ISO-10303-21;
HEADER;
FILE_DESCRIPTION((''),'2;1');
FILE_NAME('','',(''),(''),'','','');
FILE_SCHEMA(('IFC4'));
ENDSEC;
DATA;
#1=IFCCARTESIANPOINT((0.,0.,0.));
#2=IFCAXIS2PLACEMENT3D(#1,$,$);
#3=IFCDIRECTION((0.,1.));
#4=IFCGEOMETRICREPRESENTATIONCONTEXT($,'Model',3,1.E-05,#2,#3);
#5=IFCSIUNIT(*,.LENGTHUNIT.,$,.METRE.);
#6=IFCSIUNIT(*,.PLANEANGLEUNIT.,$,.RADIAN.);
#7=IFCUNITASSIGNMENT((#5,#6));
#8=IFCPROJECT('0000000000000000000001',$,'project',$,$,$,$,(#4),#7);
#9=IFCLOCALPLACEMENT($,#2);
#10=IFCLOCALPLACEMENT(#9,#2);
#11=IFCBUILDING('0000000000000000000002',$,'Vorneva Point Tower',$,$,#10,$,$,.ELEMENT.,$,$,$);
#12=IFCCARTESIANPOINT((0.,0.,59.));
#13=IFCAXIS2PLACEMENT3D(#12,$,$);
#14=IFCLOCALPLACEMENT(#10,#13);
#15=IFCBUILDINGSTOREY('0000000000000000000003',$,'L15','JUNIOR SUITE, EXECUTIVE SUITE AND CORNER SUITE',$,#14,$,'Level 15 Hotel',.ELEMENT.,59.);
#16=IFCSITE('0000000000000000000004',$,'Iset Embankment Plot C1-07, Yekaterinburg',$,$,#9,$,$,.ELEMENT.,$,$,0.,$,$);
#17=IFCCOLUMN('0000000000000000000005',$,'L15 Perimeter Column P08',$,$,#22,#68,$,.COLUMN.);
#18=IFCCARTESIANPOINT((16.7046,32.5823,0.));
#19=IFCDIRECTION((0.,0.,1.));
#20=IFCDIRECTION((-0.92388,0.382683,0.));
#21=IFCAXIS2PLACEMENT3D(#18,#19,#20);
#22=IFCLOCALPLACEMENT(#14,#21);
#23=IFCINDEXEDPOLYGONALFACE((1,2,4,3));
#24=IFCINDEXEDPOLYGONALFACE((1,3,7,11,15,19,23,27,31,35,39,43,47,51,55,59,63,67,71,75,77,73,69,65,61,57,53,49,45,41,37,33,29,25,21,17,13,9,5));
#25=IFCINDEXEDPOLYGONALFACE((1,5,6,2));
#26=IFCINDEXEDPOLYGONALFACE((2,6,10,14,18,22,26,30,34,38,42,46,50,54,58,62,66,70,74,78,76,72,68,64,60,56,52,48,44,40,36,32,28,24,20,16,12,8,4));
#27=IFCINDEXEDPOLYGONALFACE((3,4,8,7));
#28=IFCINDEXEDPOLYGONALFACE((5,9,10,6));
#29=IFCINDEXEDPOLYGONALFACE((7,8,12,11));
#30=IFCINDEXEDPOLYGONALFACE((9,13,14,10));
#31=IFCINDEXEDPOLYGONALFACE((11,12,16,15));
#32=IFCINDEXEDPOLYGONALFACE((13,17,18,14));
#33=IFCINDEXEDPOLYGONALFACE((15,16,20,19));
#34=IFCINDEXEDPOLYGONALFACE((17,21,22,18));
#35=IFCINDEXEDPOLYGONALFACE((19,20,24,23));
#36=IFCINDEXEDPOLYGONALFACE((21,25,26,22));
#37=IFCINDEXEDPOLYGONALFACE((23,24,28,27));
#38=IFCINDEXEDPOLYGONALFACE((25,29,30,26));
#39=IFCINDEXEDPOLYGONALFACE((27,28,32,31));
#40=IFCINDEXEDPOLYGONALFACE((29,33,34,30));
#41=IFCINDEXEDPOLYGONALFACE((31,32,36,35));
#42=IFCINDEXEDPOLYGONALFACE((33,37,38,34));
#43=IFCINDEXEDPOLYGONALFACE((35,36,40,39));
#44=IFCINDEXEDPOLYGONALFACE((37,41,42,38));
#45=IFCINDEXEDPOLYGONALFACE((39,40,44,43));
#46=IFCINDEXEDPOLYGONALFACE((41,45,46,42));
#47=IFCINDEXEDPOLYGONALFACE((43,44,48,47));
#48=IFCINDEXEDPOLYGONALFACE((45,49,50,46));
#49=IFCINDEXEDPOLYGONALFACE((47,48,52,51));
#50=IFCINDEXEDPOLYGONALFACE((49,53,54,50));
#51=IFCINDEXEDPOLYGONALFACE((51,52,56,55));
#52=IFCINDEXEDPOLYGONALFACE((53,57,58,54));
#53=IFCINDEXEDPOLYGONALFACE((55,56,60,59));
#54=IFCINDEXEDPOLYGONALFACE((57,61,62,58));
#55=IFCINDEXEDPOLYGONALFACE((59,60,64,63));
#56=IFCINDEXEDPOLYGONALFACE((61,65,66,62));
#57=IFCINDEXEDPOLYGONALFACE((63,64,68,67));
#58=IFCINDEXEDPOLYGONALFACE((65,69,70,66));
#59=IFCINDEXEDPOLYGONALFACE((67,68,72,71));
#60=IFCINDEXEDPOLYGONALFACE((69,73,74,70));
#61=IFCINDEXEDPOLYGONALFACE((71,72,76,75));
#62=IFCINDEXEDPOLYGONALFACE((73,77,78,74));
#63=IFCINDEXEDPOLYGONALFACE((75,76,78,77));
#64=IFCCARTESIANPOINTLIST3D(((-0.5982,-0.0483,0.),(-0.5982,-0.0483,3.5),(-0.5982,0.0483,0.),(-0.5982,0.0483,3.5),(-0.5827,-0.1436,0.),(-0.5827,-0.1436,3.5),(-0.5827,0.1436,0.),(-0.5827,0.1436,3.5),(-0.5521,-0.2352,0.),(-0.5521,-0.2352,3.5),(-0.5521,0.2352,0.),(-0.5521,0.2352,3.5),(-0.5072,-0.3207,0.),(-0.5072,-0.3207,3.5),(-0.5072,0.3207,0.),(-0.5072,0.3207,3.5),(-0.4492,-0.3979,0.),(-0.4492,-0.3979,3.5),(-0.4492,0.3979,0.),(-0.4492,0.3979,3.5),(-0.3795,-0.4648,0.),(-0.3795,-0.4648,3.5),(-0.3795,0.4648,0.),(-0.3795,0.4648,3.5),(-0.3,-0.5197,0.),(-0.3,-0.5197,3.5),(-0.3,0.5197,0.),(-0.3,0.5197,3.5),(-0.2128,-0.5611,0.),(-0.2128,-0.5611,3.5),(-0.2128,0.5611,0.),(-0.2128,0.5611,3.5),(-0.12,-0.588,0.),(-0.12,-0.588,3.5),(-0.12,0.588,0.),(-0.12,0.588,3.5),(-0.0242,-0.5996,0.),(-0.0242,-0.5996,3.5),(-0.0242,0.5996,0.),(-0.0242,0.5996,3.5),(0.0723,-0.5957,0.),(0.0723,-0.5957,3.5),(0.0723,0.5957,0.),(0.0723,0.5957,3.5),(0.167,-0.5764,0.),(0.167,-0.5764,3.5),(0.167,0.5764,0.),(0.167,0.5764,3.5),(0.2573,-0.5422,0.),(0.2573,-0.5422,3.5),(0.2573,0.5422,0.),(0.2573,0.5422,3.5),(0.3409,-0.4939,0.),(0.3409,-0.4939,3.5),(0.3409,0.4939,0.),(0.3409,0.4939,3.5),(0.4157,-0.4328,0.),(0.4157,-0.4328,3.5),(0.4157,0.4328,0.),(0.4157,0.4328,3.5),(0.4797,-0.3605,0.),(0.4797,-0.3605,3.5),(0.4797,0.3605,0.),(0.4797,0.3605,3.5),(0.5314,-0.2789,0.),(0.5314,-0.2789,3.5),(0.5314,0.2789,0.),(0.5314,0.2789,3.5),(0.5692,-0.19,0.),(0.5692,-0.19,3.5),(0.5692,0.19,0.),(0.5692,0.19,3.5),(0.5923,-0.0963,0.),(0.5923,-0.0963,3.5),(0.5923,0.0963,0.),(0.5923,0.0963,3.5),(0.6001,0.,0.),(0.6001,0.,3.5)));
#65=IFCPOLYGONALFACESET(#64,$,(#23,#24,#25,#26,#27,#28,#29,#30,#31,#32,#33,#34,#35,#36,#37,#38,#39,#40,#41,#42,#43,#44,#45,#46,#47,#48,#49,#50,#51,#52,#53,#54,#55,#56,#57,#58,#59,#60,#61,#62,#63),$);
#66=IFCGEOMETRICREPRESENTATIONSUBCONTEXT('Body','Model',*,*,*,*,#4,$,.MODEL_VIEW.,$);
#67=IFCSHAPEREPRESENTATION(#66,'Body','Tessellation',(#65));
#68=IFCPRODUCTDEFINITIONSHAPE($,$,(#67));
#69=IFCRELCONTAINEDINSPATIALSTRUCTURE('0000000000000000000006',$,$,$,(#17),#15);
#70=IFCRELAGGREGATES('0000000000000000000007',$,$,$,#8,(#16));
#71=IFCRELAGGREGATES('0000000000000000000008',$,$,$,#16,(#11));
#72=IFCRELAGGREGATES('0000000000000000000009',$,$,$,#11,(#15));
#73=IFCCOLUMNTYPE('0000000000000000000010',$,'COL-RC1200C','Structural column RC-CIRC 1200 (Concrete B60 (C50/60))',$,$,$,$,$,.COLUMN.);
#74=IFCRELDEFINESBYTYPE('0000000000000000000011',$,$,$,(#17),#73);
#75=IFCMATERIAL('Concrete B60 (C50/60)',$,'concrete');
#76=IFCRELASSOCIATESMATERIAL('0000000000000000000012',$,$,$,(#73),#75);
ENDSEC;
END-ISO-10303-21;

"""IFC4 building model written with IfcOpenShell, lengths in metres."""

from ifc_helpers import new_model, si_unit, direction, frame, origin, origin_2d, place, context, subcontext, project, spatial, circle, extrude, material, material_profile, profile_set, type_object, element, save


model = new_model("IFC4")

# Units and contexts
model_context = context("Model", 3, precision=1e-05, world=origin(), true_north=direction((0.0, 1.0)))
body_context = subcontext(model_context, "Body", "Model", "MODEL_VIEW")
ifc_project = project(units=[si_unit("LENGTHUNIT", "METRE"), si_unit("PLANEANGLEUNIT", "RADIAN")], contexts=[model_context])

# Site, building, storey
site_placement = place(None, origin())
site = spatial("IfcSite", under=ifc_project, at=site_placement, Name="Iset Embankment Plot C1-07, Yekaterinburg", CompositionType="ELEMENT", RefElevation=0.0)
building_placement = place(site_placement, origin())
building = spatial("IfcBuilding", under=site, at=building_placement, Name="Vorneva Point Tower", CompositionType="ELEMENT")
storey_placement = place(building_placement, frame((0.0, 0.0, 59.0)))
storey = spatial("IfcBuildingStorey", under=building, at=storey_placement, Name="L15", Description="JUNIOR SUITE, EXECUTIVE SUITE AND CORNER SUITE", LongName="Level 15 Hotel", CompositionType="ELEMENT", Elevation=59.0)

# Column
ifc_material_1 = material(Name="Concrete B60 (C50/60)", Category="concrete")
ifc_material_profile_1 = material_profile(ifc_material_1, circle(Radius=0.6001, at=origin_2d()), Name="RC-CIRC 1200")
ifc_profile_set_1 = profile_set([ifc_material_profile_1], Name="Concrete B60 (C50/60)")
column_type_1 = type_object("IfcColumnType", Name="COL-RC1200C", Description="Structural column RC-CIRC 1200 (Concrete B60 (C50/60))", PredefinedType="COLUMN", material=ifc_profile_set_1)
for number, where, z_axis, x_axis, name in (
    (1, (16.7046, 32.5823, 0.0), (0.0, 0.0, 1.0), (-0.92388, 0.382683, 0.0), "L15 Perimeter Column P08"),
):
    element("IfcColumn", number, at=place(storey_placement, frame(where, z_axis=z_axis, x_axis=x_axis)), inside=storey, type_object=column_type_1, Name=name, PredefinedType="COLUMN", context=body_context, shape_type="SweptSolid", body=[
        extrude(circle(Radius=0.6001, at=origin_2d()), origin(), (0.0, 0.0, 1.0), 3.5),
    ])

save(model, "model.ifc")
